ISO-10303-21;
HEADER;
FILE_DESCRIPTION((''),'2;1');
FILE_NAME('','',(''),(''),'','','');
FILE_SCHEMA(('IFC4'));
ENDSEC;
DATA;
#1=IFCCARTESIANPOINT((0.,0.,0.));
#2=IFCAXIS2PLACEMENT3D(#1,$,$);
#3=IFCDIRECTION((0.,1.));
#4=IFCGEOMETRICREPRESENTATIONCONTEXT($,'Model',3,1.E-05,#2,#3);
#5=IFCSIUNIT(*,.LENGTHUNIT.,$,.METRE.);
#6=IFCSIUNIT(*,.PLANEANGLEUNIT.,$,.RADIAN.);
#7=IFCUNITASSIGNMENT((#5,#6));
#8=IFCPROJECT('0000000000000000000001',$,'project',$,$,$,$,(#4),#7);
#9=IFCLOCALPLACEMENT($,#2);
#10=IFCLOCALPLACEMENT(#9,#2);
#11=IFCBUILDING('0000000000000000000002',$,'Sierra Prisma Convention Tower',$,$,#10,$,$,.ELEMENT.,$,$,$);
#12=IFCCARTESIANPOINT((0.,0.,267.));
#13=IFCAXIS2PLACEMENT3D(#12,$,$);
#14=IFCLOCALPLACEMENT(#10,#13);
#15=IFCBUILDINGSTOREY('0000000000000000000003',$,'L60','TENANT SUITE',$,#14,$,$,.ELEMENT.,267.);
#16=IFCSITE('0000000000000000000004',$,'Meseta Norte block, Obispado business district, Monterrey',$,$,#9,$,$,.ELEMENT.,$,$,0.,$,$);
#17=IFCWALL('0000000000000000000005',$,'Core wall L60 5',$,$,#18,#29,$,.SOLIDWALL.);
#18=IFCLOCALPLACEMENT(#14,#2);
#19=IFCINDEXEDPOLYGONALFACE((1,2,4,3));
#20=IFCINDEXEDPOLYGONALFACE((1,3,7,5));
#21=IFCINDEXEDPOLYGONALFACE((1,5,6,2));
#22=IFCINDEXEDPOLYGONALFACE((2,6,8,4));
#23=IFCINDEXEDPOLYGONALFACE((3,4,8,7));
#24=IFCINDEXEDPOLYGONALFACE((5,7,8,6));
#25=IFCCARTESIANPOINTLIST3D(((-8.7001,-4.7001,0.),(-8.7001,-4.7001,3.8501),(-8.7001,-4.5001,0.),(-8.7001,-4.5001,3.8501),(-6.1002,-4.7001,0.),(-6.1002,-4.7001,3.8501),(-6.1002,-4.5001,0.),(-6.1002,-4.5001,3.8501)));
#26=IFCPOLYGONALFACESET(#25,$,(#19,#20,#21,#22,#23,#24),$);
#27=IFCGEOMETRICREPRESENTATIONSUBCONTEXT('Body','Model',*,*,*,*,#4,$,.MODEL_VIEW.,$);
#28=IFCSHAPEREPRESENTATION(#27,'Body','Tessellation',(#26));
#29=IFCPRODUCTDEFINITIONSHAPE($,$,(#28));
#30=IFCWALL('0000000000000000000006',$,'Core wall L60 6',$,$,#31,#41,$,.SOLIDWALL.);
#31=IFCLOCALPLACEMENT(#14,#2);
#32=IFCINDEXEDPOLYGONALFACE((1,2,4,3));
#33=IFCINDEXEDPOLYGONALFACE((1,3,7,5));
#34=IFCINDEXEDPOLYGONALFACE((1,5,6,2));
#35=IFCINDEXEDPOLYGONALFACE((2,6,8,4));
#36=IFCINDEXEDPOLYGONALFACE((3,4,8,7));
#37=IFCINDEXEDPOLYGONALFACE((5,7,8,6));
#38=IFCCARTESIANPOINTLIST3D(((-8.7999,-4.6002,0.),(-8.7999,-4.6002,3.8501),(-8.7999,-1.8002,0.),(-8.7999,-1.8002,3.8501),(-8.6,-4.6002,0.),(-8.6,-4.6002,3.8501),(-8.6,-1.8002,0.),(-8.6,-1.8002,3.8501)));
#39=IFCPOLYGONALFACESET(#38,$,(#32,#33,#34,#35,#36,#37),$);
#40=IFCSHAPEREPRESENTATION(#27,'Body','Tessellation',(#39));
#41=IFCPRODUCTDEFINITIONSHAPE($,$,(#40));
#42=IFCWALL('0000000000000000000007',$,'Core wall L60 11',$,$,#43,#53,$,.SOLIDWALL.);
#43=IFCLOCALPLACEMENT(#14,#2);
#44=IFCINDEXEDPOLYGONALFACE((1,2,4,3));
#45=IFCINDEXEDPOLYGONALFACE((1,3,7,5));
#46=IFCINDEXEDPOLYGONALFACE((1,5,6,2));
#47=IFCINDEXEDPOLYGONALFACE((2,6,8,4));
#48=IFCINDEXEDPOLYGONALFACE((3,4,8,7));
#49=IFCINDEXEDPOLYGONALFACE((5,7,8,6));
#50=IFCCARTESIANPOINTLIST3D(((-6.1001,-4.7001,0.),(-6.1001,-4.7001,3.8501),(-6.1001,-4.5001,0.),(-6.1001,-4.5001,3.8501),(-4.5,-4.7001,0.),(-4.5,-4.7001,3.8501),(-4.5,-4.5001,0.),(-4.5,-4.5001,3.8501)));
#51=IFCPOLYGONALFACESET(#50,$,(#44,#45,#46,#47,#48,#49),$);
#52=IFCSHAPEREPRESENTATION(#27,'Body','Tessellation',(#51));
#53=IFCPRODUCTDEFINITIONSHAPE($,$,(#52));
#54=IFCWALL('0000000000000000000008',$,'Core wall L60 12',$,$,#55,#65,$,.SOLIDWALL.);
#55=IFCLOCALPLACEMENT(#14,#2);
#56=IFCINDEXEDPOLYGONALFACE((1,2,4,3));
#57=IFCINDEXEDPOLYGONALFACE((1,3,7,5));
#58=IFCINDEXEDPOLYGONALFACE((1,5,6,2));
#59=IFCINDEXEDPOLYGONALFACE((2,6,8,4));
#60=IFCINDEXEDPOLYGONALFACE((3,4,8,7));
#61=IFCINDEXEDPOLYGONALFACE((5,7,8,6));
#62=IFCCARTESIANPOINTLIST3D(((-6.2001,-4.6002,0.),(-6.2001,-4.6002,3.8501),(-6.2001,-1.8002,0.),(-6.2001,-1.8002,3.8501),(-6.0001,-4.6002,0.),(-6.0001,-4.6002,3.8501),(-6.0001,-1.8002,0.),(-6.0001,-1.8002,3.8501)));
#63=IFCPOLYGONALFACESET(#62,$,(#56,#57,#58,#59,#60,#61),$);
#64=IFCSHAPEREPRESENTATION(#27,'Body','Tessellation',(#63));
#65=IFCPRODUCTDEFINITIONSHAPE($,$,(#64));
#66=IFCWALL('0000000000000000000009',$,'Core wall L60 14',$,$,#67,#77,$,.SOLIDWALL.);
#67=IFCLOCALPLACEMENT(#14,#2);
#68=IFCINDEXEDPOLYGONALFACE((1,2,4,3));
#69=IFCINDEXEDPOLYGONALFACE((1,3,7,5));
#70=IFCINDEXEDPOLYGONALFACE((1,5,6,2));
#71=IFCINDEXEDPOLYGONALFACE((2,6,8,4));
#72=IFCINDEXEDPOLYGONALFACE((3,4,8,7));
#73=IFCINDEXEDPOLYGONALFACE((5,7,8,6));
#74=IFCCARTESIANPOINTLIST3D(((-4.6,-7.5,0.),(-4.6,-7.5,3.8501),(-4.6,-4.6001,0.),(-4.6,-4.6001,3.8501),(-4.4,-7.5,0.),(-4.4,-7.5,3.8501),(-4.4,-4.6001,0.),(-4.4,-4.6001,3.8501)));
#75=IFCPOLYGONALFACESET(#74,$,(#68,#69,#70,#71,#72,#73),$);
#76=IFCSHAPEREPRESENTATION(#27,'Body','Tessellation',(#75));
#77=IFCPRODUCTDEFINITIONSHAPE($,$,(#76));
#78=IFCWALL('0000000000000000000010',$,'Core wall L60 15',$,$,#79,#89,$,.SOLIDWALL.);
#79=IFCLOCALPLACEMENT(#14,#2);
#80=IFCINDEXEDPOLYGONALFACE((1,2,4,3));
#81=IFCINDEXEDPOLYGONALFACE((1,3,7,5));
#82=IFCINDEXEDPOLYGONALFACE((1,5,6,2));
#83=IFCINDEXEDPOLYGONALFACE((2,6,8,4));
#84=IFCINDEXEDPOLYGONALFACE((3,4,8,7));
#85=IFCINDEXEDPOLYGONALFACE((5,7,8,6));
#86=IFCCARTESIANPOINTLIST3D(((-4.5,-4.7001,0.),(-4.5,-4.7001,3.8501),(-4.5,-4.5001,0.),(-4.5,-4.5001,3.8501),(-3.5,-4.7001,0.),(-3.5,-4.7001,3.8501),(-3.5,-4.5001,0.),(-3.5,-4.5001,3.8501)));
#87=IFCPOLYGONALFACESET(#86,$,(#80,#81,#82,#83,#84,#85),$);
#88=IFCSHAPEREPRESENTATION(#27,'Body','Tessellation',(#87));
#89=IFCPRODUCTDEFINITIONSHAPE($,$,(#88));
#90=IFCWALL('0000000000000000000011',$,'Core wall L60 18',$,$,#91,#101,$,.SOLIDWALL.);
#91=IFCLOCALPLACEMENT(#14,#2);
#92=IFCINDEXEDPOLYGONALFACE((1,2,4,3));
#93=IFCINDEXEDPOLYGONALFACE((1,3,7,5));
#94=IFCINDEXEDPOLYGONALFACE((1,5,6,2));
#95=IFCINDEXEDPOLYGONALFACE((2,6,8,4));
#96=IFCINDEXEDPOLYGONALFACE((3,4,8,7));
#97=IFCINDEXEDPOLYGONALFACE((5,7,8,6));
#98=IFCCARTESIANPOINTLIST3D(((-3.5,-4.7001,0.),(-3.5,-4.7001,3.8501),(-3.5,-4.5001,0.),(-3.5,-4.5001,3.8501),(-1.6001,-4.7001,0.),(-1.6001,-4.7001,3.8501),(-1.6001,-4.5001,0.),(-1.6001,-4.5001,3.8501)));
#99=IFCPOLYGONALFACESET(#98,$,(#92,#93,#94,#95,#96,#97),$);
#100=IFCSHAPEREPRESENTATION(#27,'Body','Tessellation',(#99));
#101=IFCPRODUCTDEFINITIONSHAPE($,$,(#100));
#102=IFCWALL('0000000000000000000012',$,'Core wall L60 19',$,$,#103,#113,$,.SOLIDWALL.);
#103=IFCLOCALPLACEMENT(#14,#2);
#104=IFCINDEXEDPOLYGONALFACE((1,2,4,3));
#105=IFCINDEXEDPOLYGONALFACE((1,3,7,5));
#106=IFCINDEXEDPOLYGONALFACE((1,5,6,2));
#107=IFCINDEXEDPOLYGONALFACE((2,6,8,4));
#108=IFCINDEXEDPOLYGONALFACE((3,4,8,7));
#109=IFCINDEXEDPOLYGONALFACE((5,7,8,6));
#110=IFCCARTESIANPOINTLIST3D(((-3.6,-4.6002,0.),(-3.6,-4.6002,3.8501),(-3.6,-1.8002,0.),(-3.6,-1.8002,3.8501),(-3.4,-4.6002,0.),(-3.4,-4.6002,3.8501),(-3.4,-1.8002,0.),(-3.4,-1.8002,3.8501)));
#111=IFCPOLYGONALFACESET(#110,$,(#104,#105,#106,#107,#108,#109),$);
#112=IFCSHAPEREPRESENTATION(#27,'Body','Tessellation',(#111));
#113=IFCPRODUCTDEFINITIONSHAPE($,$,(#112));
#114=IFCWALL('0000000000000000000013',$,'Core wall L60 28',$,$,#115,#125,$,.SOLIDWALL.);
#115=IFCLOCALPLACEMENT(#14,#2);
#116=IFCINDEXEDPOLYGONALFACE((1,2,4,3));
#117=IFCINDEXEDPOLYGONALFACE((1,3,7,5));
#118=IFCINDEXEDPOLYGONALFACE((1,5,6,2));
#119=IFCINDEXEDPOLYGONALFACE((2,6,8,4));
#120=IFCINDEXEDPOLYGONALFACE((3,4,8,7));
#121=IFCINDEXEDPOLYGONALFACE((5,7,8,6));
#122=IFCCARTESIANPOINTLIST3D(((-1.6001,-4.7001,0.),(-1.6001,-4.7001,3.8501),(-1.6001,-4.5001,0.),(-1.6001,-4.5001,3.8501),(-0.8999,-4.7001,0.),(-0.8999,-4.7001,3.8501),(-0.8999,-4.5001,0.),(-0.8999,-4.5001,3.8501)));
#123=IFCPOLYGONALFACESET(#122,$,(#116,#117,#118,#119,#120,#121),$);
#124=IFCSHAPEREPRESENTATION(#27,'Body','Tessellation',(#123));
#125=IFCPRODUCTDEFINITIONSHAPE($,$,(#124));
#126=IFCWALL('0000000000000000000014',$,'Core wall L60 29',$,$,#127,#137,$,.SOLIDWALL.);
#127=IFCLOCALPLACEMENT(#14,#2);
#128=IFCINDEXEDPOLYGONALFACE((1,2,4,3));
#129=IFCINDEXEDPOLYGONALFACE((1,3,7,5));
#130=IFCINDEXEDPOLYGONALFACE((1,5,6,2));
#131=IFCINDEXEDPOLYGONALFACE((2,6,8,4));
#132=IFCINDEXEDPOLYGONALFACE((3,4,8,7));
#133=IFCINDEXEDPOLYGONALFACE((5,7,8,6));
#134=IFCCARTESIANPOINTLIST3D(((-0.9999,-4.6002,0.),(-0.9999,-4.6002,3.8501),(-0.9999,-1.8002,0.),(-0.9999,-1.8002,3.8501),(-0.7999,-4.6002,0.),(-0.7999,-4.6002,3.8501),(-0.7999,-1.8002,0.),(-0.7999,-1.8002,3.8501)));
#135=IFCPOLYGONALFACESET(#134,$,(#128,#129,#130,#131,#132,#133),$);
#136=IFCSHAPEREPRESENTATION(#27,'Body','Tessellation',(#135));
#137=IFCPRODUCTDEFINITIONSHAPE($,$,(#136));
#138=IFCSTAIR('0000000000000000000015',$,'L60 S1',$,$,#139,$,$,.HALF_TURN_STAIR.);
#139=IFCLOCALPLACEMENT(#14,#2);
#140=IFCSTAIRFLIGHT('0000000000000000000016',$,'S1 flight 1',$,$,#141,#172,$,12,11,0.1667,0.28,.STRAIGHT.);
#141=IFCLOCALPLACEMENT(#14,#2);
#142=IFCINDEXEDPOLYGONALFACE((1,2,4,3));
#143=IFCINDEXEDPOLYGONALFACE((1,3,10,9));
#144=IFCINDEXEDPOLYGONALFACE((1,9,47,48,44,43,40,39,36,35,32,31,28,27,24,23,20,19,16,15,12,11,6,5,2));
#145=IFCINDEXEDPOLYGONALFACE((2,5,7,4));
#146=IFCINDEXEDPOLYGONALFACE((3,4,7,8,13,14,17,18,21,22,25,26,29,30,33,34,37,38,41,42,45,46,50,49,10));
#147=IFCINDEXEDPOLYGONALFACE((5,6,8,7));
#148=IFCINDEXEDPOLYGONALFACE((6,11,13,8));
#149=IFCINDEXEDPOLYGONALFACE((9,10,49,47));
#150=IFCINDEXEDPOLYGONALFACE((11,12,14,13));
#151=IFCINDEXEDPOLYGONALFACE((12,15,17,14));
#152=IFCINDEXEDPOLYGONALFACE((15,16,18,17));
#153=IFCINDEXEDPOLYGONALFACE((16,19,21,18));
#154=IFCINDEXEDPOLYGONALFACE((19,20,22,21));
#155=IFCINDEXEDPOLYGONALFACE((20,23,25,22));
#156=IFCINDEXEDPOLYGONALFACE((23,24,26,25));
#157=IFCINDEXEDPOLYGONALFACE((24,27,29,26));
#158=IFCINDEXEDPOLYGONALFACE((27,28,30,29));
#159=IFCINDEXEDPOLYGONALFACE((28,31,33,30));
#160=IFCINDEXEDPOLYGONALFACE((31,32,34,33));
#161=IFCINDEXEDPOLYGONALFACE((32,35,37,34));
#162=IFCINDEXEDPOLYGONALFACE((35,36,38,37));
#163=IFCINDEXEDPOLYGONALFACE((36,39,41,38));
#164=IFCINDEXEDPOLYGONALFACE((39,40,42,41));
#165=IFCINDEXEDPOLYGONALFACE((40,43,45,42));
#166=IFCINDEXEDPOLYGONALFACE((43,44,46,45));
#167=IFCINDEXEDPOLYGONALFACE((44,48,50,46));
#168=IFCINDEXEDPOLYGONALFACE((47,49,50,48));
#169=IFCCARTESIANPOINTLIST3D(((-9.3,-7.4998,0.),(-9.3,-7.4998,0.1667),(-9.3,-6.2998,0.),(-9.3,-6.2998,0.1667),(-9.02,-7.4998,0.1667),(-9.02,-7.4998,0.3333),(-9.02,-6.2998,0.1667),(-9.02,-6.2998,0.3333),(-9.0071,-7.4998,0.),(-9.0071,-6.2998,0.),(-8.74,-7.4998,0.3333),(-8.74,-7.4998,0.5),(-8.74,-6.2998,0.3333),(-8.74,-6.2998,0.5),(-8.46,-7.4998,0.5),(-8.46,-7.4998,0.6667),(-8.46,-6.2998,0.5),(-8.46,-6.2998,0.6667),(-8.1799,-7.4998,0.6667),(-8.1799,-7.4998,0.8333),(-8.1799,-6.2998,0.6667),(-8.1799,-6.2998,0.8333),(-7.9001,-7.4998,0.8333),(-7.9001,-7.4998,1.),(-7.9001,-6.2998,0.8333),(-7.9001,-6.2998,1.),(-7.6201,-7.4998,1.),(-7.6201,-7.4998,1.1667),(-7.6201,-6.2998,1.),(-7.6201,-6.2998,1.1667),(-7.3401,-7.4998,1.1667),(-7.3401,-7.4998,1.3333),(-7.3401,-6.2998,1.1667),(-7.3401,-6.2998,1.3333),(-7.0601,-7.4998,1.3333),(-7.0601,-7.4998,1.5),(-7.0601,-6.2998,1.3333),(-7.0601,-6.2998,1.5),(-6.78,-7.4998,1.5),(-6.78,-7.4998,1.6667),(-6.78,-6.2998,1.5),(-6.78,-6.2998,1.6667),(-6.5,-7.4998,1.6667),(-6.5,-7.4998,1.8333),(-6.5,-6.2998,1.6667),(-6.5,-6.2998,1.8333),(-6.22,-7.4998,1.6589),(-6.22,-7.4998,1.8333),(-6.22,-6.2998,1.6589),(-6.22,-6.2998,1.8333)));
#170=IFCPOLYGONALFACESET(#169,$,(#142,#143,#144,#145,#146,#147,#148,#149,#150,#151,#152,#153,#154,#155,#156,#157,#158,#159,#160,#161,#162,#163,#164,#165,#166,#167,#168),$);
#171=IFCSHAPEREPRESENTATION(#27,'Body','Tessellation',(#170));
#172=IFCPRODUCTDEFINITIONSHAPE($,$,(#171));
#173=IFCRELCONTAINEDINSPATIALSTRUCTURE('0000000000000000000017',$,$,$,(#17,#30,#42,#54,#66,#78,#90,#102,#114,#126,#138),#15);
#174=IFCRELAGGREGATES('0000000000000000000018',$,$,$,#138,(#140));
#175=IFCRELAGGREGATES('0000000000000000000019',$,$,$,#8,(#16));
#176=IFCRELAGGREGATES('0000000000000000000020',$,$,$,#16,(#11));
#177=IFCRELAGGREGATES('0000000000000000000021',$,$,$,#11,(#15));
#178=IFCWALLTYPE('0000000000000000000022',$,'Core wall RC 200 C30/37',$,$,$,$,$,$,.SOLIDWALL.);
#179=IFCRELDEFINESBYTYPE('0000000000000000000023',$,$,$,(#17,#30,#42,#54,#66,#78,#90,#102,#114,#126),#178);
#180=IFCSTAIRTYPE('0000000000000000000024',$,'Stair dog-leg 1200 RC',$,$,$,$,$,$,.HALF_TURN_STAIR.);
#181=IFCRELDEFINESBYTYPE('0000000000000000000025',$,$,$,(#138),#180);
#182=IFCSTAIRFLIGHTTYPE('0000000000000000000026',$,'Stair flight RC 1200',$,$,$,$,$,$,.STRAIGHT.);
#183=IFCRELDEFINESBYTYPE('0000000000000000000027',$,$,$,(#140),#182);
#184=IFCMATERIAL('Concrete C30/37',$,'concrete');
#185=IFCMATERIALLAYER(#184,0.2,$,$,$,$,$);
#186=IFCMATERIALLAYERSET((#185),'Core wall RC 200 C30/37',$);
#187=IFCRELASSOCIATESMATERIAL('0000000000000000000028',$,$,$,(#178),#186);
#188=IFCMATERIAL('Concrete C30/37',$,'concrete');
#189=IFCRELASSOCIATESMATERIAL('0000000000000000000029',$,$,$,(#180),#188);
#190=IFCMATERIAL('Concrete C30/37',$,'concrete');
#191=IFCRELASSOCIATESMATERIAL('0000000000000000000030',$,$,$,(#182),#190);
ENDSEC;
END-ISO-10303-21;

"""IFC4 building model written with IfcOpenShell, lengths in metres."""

from ifc_helpers import new_model, si_unit, direction, frame, frame_2d, origin, place, context, subcontext, project, spatial, polyline, rectangle, outline, extrude, material, layer, layer_set, type_object, element, aggregate, save


model = new_model("IFC4")

# Units and contexts
model_context = context("Model", 3, precision=1e-05, world=origin(), true_north=direction((0.0, 1.0)))
body_context = subcontext(model_context, "Body", "Model", "MODEL_VIEW")
ifc_project = project(units=[si_unit("LENGTHUNIT", "METRE"), si_unit("PLANEANGLEUNIT", "RADIAN")], contexts=[model_context])

# Site, building, storey
site_placement = place(None, origin())
site = spatial("IfcSite", under=ifc_project, at=site_placement, Name="Meseta Norte block, Obispado business district, Monterrey", CompositionType="ELEMENT", RefElevation=0.0)
building_placement = place(site_placement, origin())
building = spatial("IfcBuilding", under=site, at=building_placement, Name="Sierra Prisma Convention Tower", CompositionType="ELEMENT")
storey_placement = place(building_placement, frame((0.0, 0.0, 267.0)))
storey = spatial("IfcBuildingStorey", under=building, at=storey_placement, Name="L60", Description="TENANT SUITE", CompositionType="ELEMENT", Elevation=267.0)

# Shared definitions
ifc_material_1 = material(Name="Concrete C30/37", Category="concrete")
ifc_layer = layer(ifc_material_1, 0.2)
ifc_layer_set = layer_set([ifc_layer], Name="Core wall RC 200 C30/37")
wall_type = type_object("IfcWallType", Name="Core wall RC 200 C30/37", PredefinedType="SOLIDWALL", material=ifc_layer_set)

# Walls
wall_1_placement = place(storey_placement, frame((-8.7, -4.6001, 0.0), z_axis=(0.0, 0.0, 1.0), x_axis=(1.0, 0.0, 0.0)))
element("IfcWall", 1, at=wall_1_placement, inside=storey, type_object=wall_type, Name="Core wall L60 5", PredefinedType="SOLIDWALL", context=body_context, shape_type="SweptSolid", body=[
    extrude(rectangle(XDim=2.5999, YDim=0.2, at=frame_2d((1.2998, 0.0))), origin(), (0.0, 0.0, 1.0), 3.8501),
])
wall_2_placement = place(storey_placement, frame((-8.7, -4.6001, 0.0), z_axis=(0.0, 0.0, 1.0), x_axis=(0.0, 1.0, 0.0)))
element("IfcWall", 2, at=wall_2_placement, inside=storey, type_object=wall_type, Name="Core wall L60 6", PredefinedType="SOLIDWALL", context=body_context, shape_type="SweptSolid", body=[
    extrude(rectangle(XDim=2.8, YDim=0.2, at=frame_2d((1.3999, 0.0))), origin(), (0.0, 0.0, 1.0), 3.8501),
])

# Walls
wall_3_placement = place(storey_placement, frame((-6.1001, -4.6001, 0.0), z_axis=(0.0, 0.0, 1.0), x_axis=(1.0, 0.0, 0.0)))
element("IfcWall", 3, at=wall_3_placement, inside=storey, type_object=wall_type, Name="Core wall L60 11", PredefinedType="SOLIDWALL", context=body_context, shape_type="SweptSolid", body=[
    extrude(rectangle(XDim=1.6001, YDim=0.2, at=frame_2d((0.8, 0.0))), origin(), (0.0, 0.0, 1.0), 3.8501),
])
wall_4_placement = place(storey_placement, frame((-6.1001, -4.6001, 0.0), z_axis=(0.0, 0.0, 1.0), x_axis=(0.0, 1.0, 0.0)))
element("IfcWall", 4, at=wall_4_placement, inside=storey, type_object=wall_type, Name="Core wall L60 12", PredefinedType="SOLIDWALL", context=body_context, shape_type="SweptSolid", body=[
    extrude(rectangle(XDim=2.8, YDim=0.2, at=frame_2d((1.3999, 0.0))), origin(), (0.0, 0.0, 1.0), 3.8501),
])
wall_5_placement = place(storey_placement, frame((-4.5, -4.6001, 0.0), z_axis=(0.0, 0.0, 1.0), x_axis=(0.0, -1.0, 0.0)))
element("IfcWall", 5, at=wall_5_placement, inside=storey, type_object=wall_type, Name="Core wall L60 14", PredefinedType="SOLIDWALL", context=body_context, shape_type="SweptSolid", body=[
    extrude(rectangle(XDim=2.8999, YDim=0.2, at=frame_2d((1.45, 0.0))), origin(), (0.0, 0.0, 1.0), 3.8501),
])
wall_6_placement = place(storey_placement, frame((-4.5, -4.6001, 0.0), z_axis=(0.0, 0.0, 1.0), x_axis=(1.0, 0.0, 0.0)))
element("IfcWall", 6, at=wall_6_placement, inside=storey, type_object=wall_type, Name="Core wall L60 15", PredefinedType="SOLIDWALL", context=body_context, shape_type="SweptSolid", body=[
    extrude(rectangle(XDim=1.0, YDim=0.2, at=frame_2d((0.5, 0.0))), origin(), (0.0, 0.0, 1.0), 3.8501),
])
wall_7_placement = place(storey_placement, frame((-3.5, -4.6001, 0.0), z_axis=(0.0, 0.0, 1.0), x_axis=(1.0, 0.0, 0.0)))
element("IfcWall", 7, at=wall_7_placement, inside=storey, type_object=wall_type, Name="Core wall L60 18", PredefinedType="SOLIDWALL", context=body_context, shape_type="SweptSolid", body=[
    extrude(rectangle(XDim=1.8999, YDim=0.2, at=frame_2d((0.95, 0.0))), origin(), (0.0, 0.0, 1.0), 3.8501),
])
wall_8_placement = place(storey_placement, frame((-3.5, -4.6001, 0.0), z_axis=(0.0, 0.0, 1.0), x_axis=(0.0, 1.0, 0.0)))
element("IfcWall", 8, at=wall_8_placement, inside=storey, type_object=wall_type, Name="Core wall L60 19", PredefinedType="SOLIDWALL", context=body_context, shape_type="SweptSolid", body=[
    extrude(rectangle(XDim=2.8, YDim=0.2, at=frame_2d((1.3999, 0.0))), origin(), (0.0, 0.0, 1.0), 3.8501),
])
wall_9_placement = place(storey_placement, frame((-1.6001, -4.6001, 0.0), z_axis=(0.0, 0.0, 1.0), x_axis=(1.0, 0.0, 0.0)))
element("IfcWall", 9, at=wall_9_placement, inside=storey, type_object=wall_type, Name="Core wall L60 28", PredefinedType="SOLIDWALL", context=body_context, shape_type="SweptSolid", body=[
    extrude(rectangle(XDim=0.7002, YDim=0.2, at=frame_2d((0.3501, 0.0))), origin(), (0.0, 0.0, 1.0), 3.8501),
])
wall_10_placement = place(storey_placement, frame((-0.8999, -4.6001, 0.0), z_axis=(0.0, 0.0, 1.0), x_axis=(0.0, 1.0, 0.0)))
element("IfcWall", 10, at=wall_10_placement, inside=storey, type_object=wall_type, Name="Core wall L60 29", PredefinedType="SOLIDWALL", context=body_context, shape_type="SweptSolid", body=[
    extrude(rectangle(XDim=2.8, YDim=0.2, at=frame_2d((1.3999, 0.0))), origin(), (0.0, 0.0, 1.0), 3.8501),
])

# Stair, stair flight
ifc_material_2 = material(Name="Concrete C30/37", Category="concrete")
stair_type = type_object("IfcStairType", Name="Stair dog-leg 1200 RC", PredefinedType="HALF_TURN_STAIR", material=ifc_material_2)
stair_placement = place(storey_placement, origin())
stair = element("IfcStair", 11, at=stair_placement, inside=storey, type_object=stair_type, Name="L60 S1", PredefinedType="HALF_TURN_STAIR")
ifc_material_3 = material(Name="Concrete C30/37", Category="concrete")
stair_flight_type = type_object("IfcStairFlightType", Name="Stair flight RC 1200", PredefinedType="STRAIGHT", material=ifc_material_3)
stair_flight_1_placement = place(storey_placement, frame((-9.3, -6.8999, 0.0), z_axis=(0.0, 0.0, 1.0), x_axis=(1.0, 0.0, 0.0)))
stair_flight_1 = element("IfcStairFlight", 12, at=stair_flight_1_placement, type_object=stair_flight_type, Name="S1 flight 1", NumberOfRisers=12, NumberOfTreads=11, PredefinedType="STRAIGHT", RiserHeight=0.1667, TreadLength=0.28, context=body_context, shape_type="SweptSolid", body=[
    extrude(outline(polyline([(0.0, 0.0), (0.0, 0.1667), (0.28, 0.1667), (0.28, 0.3333), (0.5601, 0.3333), (0.5601, 0.5), (0.8401, 0.5), (0.8401, 0.6667), (1.1201, 0.6667), (1.1201, 0.8333), (1.3999, 0.8333), (1.3999, 1.0), (1.6799, 1.0), (1.6799, 1.1667), (1.96, 1.1667), (1.96, 1.3333), (2.24, 1.3333), (2.24, 1.5), (2.52, 1.5), (2.52, 1.6667), (2.8, 1.6667), (2.8, 1.8333), (3.0801, 1.8333), (3.0801, 2.0), (3.0801, 1.6589), (0.293, 0.0), (0.0, 0.0)])), frame((0.0, 0.6001, 0.0), z_axis=(0.0, -1.0, 0.0), x_axis=(1.0, 0.0, 0.0)), (0.0, 0.0, 1.0), 1.2),
])
aggregate(stair, [stair_flight_1])

save(model, "model.ifc")
